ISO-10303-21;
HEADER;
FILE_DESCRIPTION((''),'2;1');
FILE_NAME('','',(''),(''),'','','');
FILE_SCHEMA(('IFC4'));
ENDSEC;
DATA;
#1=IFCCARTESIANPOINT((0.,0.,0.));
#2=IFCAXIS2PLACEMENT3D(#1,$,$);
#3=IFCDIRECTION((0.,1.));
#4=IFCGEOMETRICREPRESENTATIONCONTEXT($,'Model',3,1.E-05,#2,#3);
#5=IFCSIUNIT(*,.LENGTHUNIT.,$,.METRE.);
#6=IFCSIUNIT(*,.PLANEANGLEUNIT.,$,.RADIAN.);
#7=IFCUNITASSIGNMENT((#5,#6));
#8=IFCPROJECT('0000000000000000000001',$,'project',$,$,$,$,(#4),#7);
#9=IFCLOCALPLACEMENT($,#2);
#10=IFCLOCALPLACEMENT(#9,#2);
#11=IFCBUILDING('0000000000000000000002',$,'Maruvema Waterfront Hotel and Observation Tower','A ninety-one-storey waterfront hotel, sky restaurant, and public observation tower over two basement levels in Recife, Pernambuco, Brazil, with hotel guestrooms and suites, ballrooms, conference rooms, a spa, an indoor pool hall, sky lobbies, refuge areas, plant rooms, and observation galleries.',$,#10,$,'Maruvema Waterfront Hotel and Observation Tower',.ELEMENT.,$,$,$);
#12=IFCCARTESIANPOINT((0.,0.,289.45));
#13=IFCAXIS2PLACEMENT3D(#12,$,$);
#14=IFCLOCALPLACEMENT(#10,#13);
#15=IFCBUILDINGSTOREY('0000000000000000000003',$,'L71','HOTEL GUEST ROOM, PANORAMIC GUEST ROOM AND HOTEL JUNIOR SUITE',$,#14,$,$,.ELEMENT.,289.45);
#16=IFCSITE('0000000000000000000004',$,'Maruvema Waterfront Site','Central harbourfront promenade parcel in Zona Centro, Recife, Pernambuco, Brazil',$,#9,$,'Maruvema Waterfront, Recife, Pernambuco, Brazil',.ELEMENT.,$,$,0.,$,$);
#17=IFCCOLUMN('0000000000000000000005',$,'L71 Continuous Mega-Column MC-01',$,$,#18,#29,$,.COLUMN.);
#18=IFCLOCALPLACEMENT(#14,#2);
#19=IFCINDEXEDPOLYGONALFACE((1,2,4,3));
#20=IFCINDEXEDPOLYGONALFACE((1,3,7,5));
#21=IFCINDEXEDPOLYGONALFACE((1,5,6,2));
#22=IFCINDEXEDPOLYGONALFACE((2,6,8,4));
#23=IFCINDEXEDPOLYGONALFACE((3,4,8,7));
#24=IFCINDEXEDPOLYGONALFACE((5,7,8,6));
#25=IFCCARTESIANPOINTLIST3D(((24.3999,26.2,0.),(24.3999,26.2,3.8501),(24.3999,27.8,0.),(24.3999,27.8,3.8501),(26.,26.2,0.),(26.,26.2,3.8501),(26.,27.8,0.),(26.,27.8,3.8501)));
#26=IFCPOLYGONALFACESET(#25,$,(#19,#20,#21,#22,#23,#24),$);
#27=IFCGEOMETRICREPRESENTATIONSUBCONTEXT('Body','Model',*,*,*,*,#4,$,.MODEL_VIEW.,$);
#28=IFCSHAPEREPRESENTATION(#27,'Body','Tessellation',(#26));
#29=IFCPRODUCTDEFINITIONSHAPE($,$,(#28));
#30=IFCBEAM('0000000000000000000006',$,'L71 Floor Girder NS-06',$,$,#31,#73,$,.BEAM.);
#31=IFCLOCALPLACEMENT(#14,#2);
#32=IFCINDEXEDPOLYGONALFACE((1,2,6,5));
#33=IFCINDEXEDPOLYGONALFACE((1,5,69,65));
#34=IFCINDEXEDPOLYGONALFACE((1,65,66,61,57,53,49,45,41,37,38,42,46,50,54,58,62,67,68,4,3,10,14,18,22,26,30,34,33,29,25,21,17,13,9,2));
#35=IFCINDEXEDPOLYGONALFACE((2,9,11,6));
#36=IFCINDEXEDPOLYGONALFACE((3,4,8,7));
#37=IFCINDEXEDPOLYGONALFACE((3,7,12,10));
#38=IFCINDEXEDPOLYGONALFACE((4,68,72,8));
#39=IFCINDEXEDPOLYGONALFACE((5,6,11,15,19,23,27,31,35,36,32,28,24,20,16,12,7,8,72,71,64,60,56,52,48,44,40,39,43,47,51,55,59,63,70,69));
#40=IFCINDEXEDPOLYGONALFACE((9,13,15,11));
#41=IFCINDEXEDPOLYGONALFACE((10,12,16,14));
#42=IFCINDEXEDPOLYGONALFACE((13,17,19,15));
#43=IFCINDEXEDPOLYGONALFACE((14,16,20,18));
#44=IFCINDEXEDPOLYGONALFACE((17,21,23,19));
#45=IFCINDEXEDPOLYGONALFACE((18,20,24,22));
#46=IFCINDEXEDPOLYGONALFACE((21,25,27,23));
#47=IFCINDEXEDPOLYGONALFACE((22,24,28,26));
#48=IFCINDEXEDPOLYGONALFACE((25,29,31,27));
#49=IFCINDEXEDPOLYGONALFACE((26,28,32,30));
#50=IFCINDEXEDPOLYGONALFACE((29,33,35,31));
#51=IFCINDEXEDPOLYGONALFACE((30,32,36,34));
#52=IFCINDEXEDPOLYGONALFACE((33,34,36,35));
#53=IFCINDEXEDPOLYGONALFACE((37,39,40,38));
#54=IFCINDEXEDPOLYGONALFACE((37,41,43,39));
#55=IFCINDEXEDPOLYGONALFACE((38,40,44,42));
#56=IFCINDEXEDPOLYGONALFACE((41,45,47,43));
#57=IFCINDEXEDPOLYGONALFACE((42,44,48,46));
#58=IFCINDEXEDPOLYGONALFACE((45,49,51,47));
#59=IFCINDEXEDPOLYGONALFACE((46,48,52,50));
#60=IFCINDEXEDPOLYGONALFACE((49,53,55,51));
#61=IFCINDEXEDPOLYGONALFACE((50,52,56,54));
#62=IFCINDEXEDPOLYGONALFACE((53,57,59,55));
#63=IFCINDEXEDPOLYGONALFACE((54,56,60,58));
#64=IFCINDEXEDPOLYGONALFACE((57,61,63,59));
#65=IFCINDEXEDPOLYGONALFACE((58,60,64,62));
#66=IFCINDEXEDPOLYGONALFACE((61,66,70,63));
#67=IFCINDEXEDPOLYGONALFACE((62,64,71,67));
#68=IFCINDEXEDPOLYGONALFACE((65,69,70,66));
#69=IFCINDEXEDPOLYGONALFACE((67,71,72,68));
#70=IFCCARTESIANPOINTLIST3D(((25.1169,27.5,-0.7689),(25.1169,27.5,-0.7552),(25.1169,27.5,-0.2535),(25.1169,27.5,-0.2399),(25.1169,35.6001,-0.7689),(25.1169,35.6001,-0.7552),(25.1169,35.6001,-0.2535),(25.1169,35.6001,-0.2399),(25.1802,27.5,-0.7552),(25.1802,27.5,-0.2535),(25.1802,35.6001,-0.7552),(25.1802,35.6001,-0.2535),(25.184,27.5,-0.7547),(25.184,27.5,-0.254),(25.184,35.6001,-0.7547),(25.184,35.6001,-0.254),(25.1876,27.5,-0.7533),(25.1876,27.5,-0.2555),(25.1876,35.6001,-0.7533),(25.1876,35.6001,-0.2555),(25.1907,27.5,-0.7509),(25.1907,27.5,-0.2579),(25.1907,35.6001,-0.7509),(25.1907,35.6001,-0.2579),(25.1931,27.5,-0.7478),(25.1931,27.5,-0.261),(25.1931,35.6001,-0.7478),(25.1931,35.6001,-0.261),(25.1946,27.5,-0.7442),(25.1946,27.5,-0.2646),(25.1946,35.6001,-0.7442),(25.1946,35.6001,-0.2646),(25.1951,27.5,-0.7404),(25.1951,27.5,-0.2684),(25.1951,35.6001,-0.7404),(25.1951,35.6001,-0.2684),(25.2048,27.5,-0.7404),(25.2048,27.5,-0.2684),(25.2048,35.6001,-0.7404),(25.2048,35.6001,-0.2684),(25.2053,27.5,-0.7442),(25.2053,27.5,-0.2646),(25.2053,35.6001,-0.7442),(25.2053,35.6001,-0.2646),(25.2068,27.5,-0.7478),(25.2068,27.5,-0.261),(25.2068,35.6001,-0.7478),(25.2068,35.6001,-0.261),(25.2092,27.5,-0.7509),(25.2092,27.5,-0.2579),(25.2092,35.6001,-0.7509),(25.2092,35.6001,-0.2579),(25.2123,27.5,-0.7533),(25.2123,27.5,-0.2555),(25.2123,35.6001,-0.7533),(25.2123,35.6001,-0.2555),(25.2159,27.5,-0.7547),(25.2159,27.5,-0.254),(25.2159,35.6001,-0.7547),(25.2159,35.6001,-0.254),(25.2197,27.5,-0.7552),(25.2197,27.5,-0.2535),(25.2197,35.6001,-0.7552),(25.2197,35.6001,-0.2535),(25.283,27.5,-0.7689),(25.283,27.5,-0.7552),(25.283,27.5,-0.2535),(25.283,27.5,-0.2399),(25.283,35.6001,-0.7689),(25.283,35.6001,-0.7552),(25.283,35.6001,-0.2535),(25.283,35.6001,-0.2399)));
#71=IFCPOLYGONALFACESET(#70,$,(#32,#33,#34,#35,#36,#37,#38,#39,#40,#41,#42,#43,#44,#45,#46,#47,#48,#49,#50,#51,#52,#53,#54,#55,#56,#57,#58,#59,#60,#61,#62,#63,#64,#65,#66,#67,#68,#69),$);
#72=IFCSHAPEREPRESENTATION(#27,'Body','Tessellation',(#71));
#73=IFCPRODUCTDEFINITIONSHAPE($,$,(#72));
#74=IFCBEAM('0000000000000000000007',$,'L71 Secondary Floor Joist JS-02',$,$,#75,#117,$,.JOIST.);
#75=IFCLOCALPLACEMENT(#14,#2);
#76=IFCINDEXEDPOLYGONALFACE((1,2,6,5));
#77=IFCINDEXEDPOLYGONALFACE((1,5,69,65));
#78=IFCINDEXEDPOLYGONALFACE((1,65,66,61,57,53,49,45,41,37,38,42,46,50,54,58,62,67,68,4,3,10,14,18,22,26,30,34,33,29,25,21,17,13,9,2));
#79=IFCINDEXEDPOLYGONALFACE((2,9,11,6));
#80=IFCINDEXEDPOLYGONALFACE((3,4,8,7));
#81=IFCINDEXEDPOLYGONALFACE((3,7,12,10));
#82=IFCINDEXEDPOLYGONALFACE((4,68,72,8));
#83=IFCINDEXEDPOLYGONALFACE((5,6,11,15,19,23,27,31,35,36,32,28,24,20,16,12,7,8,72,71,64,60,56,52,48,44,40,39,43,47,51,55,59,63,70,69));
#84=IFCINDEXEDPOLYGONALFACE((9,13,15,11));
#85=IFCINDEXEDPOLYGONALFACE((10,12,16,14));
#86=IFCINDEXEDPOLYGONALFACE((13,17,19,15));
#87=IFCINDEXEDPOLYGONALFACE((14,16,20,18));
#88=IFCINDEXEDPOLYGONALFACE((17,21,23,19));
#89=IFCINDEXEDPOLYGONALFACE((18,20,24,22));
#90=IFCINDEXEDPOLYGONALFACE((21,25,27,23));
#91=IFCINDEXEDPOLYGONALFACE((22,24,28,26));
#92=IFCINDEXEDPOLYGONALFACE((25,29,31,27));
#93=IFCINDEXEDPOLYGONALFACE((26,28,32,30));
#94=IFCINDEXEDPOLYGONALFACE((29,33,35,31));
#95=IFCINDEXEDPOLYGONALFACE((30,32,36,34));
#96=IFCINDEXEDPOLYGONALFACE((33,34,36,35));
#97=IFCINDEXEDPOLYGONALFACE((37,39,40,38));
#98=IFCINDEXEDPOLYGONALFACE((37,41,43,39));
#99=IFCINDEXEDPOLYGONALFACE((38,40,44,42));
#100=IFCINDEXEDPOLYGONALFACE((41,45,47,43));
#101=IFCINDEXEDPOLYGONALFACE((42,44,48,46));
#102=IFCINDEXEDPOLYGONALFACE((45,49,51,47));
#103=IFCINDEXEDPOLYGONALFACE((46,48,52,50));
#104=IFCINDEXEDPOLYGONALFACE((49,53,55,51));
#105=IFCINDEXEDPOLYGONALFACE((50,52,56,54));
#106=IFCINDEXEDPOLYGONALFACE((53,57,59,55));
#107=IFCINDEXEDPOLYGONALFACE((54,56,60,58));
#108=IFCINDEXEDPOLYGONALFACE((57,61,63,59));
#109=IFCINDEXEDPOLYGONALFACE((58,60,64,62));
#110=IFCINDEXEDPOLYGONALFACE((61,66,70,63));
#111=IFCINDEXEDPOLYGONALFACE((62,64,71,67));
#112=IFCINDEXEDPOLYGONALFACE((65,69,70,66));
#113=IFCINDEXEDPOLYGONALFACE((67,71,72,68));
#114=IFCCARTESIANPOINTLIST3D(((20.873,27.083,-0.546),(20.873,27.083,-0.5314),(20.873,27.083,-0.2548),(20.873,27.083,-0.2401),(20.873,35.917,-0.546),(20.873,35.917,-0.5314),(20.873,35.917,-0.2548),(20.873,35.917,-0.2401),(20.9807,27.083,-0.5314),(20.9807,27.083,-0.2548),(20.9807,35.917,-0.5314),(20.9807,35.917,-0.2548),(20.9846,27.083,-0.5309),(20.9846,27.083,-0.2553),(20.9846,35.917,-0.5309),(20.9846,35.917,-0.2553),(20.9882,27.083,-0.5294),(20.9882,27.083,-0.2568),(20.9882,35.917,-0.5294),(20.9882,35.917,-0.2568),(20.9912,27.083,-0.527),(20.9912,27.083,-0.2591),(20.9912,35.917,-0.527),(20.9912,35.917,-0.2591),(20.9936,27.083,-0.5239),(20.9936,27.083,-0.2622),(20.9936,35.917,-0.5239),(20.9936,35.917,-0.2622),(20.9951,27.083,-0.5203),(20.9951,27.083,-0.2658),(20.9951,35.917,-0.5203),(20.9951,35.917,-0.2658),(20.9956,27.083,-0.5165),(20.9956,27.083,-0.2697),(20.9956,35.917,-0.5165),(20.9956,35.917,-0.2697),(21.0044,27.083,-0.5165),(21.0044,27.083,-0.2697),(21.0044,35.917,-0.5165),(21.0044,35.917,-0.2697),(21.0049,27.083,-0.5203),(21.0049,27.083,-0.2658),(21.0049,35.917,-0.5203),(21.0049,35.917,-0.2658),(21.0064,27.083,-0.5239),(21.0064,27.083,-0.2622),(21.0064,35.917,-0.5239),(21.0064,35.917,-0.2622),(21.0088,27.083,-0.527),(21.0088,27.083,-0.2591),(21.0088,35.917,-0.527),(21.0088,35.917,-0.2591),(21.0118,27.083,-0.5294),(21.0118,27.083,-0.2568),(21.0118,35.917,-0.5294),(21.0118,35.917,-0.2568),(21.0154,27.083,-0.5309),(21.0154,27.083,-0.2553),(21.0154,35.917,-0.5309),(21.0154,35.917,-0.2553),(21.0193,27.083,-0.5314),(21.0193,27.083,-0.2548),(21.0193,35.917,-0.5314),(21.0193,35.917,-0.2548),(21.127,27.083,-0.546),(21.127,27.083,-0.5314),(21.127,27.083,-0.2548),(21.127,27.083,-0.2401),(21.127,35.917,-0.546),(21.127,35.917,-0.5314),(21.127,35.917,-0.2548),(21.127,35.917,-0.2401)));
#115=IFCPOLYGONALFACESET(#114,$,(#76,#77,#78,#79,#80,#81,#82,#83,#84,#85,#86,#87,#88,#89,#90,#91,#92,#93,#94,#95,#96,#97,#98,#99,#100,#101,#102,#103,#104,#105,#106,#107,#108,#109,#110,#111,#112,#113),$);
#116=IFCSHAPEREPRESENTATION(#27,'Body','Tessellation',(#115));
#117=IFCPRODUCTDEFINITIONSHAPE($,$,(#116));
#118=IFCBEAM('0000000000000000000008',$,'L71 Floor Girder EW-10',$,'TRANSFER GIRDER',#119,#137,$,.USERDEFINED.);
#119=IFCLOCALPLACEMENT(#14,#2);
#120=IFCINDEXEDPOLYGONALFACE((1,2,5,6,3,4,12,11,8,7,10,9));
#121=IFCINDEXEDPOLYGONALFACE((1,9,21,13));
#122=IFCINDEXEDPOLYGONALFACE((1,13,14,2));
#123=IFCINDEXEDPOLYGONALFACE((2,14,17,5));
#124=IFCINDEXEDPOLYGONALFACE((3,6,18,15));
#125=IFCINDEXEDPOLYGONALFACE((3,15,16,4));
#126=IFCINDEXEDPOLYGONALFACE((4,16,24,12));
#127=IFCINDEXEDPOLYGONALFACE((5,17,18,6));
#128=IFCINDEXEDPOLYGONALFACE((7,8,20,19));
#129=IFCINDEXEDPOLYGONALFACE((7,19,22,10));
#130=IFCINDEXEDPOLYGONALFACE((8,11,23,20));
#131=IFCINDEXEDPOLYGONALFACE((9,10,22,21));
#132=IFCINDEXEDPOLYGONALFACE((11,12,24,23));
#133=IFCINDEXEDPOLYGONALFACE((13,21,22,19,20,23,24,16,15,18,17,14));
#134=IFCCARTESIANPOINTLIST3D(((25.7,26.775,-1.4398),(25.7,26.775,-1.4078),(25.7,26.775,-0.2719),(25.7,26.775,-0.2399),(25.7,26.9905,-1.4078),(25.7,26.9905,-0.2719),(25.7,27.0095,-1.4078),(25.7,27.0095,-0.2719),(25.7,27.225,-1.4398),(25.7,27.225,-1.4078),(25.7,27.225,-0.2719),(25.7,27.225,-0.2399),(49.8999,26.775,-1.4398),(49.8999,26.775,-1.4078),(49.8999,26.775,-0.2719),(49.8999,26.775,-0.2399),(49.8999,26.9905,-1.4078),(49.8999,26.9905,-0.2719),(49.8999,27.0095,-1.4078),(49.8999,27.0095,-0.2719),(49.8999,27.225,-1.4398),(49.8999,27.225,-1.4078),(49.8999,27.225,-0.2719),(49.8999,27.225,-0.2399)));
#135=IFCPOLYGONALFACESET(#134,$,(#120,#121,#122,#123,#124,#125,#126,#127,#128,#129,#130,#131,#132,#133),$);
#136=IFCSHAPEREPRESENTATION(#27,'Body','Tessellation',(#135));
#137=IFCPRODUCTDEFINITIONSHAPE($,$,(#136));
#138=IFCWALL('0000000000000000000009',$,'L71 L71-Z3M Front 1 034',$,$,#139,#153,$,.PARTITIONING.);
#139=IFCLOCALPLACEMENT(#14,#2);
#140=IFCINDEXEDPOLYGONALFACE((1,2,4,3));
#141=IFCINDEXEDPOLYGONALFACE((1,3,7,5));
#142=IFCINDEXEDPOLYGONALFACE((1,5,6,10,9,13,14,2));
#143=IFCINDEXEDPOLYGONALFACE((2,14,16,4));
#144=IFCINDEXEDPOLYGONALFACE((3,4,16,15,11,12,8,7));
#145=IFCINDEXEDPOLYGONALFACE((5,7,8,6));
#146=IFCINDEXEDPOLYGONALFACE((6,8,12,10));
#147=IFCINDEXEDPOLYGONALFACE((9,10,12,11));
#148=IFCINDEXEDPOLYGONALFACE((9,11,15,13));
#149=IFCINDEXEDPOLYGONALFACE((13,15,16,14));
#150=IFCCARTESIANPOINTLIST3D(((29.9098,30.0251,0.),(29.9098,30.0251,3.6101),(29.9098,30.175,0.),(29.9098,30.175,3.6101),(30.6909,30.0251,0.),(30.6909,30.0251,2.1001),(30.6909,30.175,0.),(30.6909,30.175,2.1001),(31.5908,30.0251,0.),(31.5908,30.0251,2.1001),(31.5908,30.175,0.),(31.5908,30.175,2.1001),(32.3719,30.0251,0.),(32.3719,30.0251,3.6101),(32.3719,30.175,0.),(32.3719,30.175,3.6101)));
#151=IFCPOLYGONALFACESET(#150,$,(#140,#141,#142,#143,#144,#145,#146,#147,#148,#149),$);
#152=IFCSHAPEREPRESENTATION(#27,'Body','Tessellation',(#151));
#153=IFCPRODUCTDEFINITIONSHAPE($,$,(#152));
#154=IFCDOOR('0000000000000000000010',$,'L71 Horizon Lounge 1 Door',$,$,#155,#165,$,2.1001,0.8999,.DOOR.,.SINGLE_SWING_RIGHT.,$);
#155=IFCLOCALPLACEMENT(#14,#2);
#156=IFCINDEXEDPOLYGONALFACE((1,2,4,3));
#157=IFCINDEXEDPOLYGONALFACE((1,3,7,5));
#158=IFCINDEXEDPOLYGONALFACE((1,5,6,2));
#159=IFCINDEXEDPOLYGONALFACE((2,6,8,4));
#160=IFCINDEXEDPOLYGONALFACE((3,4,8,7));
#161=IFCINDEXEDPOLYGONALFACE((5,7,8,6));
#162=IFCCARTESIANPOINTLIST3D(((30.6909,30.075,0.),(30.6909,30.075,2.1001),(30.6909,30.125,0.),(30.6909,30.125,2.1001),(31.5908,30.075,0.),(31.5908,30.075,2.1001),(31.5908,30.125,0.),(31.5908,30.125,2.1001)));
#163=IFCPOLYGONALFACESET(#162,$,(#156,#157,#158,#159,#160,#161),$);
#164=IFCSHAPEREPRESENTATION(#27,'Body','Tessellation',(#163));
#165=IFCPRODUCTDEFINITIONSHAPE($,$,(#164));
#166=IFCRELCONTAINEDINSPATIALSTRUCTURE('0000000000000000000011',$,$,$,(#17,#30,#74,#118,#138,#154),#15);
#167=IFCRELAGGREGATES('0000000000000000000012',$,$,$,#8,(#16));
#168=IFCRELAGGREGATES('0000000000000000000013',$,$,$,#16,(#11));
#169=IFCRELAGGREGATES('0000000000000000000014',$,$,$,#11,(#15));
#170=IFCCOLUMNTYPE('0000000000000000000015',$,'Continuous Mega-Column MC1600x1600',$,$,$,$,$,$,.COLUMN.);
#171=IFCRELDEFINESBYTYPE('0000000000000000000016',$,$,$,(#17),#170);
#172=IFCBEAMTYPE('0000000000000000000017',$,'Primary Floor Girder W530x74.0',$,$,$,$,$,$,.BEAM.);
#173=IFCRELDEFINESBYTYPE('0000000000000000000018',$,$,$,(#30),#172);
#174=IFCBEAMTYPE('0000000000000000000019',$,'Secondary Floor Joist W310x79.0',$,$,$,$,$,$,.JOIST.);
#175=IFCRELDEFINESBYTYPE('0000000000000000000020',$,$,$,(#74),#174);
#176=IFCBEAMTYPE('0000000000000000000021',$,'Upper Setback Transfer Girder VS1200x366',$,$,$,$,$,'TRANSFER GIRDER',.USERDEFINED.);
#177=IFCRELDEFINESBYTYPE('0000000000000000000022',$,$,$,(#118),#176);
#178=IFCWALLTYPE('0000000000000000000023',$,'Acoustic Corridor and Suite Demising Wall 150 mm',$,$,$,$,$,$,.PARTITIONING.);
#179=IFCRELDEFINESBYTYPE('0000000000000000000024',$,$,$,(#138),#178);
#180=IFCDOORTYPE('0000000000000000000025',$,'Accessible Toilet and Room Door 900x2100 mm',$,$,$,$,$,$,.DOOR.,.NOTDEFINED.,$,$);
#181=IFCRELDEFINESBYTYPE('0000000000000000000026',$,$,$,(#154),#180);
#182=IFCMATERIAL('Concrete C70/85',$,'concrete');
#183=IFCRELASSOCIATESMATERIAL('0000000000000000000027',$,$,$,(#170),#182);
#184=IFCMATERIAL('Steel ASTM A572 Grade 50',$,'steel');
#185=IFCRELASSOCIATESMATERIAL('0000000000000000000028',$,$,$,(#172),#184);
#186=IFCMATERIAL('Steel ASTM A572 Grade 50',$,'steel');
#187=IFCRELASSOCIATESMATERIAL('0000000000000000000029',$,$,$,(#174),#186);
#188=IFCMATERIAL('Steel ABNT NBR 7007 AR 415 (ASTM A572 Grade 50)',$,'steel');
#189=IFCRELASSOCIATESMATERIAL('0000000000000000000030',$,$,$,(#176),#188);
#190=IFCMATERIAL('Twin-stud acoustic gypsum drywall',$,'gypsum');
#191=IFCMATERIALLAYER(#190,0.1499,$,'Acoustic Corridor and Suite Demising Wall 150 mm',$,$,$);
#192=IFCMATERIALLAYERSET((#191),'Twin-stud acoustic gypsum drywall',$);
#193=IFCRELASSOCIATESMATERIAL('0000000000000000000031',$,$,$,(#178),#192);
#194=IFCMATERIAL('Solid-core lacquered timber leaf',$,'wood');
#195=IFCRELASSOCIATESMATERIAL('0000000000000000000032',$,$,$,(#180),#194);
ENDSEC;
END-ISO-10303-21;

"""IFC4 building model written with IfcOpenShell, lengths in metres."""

from ifc_helpers import new_model, si_unit, direction, frame, frame_2d, origin, origin_2d, place, context, subcontext, project, spatial, rectangle, i_section, extrude, material, layer, layer_set, material_profile, profile_set, type_object, element, fill, save


model = new_model("IFC4")

# Units and contexts
model_context = context("Model", 3, precision=1e-05, world=origin(), true_north=direction((0.0, 1.0)))
body_context = subcontext(model_context, "Body", "Model", "MODEL_VIEW")
ifc_project = project(units=[si_unit("LENGTHUNIT", "METRE"), si_unit("PLANEANGLEUNIT", "RADIAN")], contexts=[model_context])

# Site, building, storey
site_placement = place(None, origin())
site = spatial("IfcSite", under=ifc_project, at=site_placement, Name="Maruvema Waterfront Site", Description="Central harbourfront promenade parcel in Zona Centro, Recife, Pernambuco, Brazil", LongName="Maruvema Waterfront, Recife, Pernambuco, Brazil", CompositionType="ELEMENT", RefElevation=0.0)
building_placement = place(site_placement, origin())
building = spatial("IfcBuilding", under=site, at=building_placement, Name="Maruvema Waterfront Hotel and Observation Tower", Description="A ninety-one-storey waterfront hotel, sky restaurant, and public observation tower over two basement levels in Recife, Pernambuco, Brazil, with hotel guestrooms and suites, ballrooms, conference rooms, a spa, an indoor pool hall, sky lobbies, refuge areas, plant rooms, and observation galleries.", LongName="Maruvema Waterfront Hotel and Observation Tower", CompositionType="ELEMENT")
storey_placement = place(building_placement, frame((0.0, 0.0, 289.45)))
storey = spatial("IfcBuildingStorey", under=building, at=storey_placement, Name="L71", Description="HOTEL GUEST ROOM, PANORAMIC GUEST ROOM AND HOTEL JUNIOR SUITE", CompositionType="ELEMENT", Elevation=289.45)

# Column
ifc_material_1 = material(Name="Concrete C70/85", Category="concrete")
ifc_material_profile_1 = material_profile(ifc_material_1, rectangle(XDim=1.6001, YDim=1.6001, at=origin_2d()), Name="MC1600x1600")
ifc_profile_set_1 = profile_set([ifc_material_profile_1], Name="Concrete C70/85")
column_type = type_object("IfcColumnType", Name="Continuous Mega-Column MC1600x1600", PredefinedType="COLUMN", material=ifc_profile_set_1)
column_placement = place(storey_placement, frame((25.2, 27.0, 0.0), z_axis=(0.0, 0.0, 1.0), x_axis=(1.0, 0.0, 0.0)))
element("IfcColumn", 1, at=column_placement, inside=storey, type_object=column_type, Name="L71 Continuous Mega-Column MC-01", PredefinedType="COLUMN", context=body_context, shape_type="SweptSolid", body=[
    extrude(rectangle(XDim=1.6001, YDim=1.6001, at=origin_2d()), origin(), (0.0, 0.0, 1.0), 3.8501),
])

# Beams
ifc_material_2 = material(Name="Steel ASTM A572 Grade 50", Category="steel")
ifc_material_profile_2 = material_profile(ifc_material_2, i_section(OverallWidth=0.166, OverallDepth=0.5291, WebThickness=0.0098, FlangeThickness=0.0137, FilletRadius=0.0149, at=origin_2d()), Name="W530x74.0")
ifc_profile_set_2 = profile_set([ifc_material_profile_2], Name="Steel ASTM A572 Grade 50")
beam_type_1 = type_object("IfcBeamType", Name="Primary Floor Girder W530x74.0", PredefinedType="BEAM", material=ifc_profile_set_2)
beam_1_placement = place(storey_placement, frame((25.2, 27.5, -0.5044), z_axis=(0.0, 1.0, 0.0), x_axis=(-1.0, 0.0, 0.0)))
element("IfcBeam", 2, at=beam_1_placement, inside=storey, type_object=beam_type_1, Name="L71 Floor Girder NS-06", PredefinedType="BEAM", context=body_context, shape_type="SweptSolid", body=[
    extrude(i_section(OverallWidth=0.166, OverallDepth=0.5291, WebThickness=0.0098, FlangeThickness=0.0137, FilletRadius=0.0149, at=origin_2d()), origin(), (0.0, 0.0, 1.0), 8.1001),
])
ifc_material_3 = material(Name="Steel ASTM A572 Grade 50", Category="steel")
ifc_material_profile_3 = material_profile(ifc_material_3, i_section(OverallWidth=0.2539, OverallDepth=0.3059, WebThickness=0.0088, FlangeThickness=0.0146, FilletRadius=0.0149, at=origin_2d()), Name="W310x79.0")
ifc_profile_set_3 = profile_set([ifc_material_profile_3], Name="Steel ASTM A572 Grade 50")
beam_type_2 = type_object("IfcBeamType", Name="Secondary Floor Joist W310x79.0", PredefinedType="JOIST", material=ifc_profile_set_3)
beam_2_placement = place(storey_placement, frame((21.0, 27.083, -0.3931), z_axis=(0.0, 1.0, 0.0), x_axis=(-1.0, 0.0, 0.0)))
element("IfcBeam", 3, at=beam_2_placement, inside=storey, type_object=beam_type_2, Name="L71 Secondary Floor Joist JS-02", PredefinedType="JOIST", context=body_context, shape_type="SweptSolid", body=[
    extrude(i_section(OverallWidth=0.2539, OverallDepth=0.3059, WebThickness=0.0088, FlangeThickness=0.0146, FilletRadius=0.0149, at=origin_2d()), origin(), (0.0, 0.0, 1.0), 8.834),
])
ifc_material_4 = material(Name="Steel ABNT NBR 7007 AR 415 (ASTM A572 Grade 50)", Category="steel")
ifc_material_profile_4 = material_profile(ifc_material_4, i_section(OverallWidth=0.45, OverallDepth=1.2, WebThickness=0.019, FlangeThickness=0.032, at=origin_2d()), Name="VS1200x366")
ifc_profile_set_4 = profile_set([ifc_material_profile_4], Name="Steel ABNT NBR 7007 AR 415 (ASTM A572 Grade 50)")
beam_type_3 = type_object("IfcBeamType", Name="Upper Setback Transfer Girder VS1200x366", ElementType="TRANSFER GIRDER", PredefinedType="USERDEFINED", material=ifc_profile_set_4)
beam_3_placement = place(storey_placement, frame((25.7, 27.0, -0.8398), z_axis=(1.0, 0.0, 0.0), x_axis=(0.0, 1.0, 0.0)))
element("IfcBeam", 4, at=beam_3_placement, inside=storey, type_object=beam_type_3, Name="L71 Floor Girder EW-10", ObjectType="TRANSFER GIRDER", PredefinedType="USERDEFINED", context=body_context, shape_type="SweptSolid", body=[
    extrude(i_section(OverallWidth=0.45, OverallDepth=1.2, WebThickness=0.019, FlangeThickness=0.032, at=origin_2d()), origin(), (0.0, 0.0, 1.0), 24.2),
])

# Wall, opening, door
ifc_material_5 = material(Name="Twin-stud acoustic gypsum drywall", Category="gypsum")
ifc_layer_1 = layer(ifc_material_5, 0.1499, Name="Acoustic Corridor and Suite Demising Wall 150 mm")
ifc_layer_set_1 = layer_set([ifc_layer_1], Name="Twin-stud acoustic gypsum drywall")
wall_type_1 = type_object("IfcWallType", Name="Acoustic Corridor and Suite Demising Wall 150 mm", PredefinedType="PARTITIONING", material=ifc_layer_set_1)
wall_1_placement = place(storey_placement, frame((29.9099, 30.1001, 0.0), z_axis=(0.0, 0.0, 1.0), x_axis=(1.0, 0.0, 0.0)))
wall_1 = element("IfcWall", 5, at=wall_1_placement, inside=storey, type_object=wall_type_1, Name="L71 L71-Z3M Front 1 034", PredefinedType="PARTITIONING", context=body_context, shape_type="SweptSolid", body=[
    extrude(rectangle(XDim=2.4622, YDim=0.1499, at=frame_2d((1.231, 0.0))), origin(), (0.0, 0.0, 1.0), 3.6101),
])
opening_1_placement = place(wall_1_placement, frame((0.781, 0.0, 0.0)))
opening_1 = element("IfcOpeningElement", 6, at=opening_1_placement, cuts=wall_1, PredefinedType="OPENING", context=body_context, shape_type="SweptSolid", body=[
    extrude(rectangle(XDim=0.8999, YDim=2.1001, at=frame_2d((0.45, 1.05))), frame((0.0, 0.085, 0.0), z_axis=(0.0, -1.0, 0.0), x_axis=(1.0, 0.0, 0.0)), (0.0, 0.0, 1.0), 0.1699),
])
ifc_material_6 = material(Name="Solid-core lacquered timber leaf", Category="wood")
door_type_1 = type_object("IfcDoorType", Name="Accessible Toilet and Room Door 900x2100 mm", OperationType="NOTDEFINED", PredefinedType="DOOR", material=ifc_material_6)
door_1_placement = place(opening_1_placement, origin())
door_1 = element("IfcDoor", 7, at=door_1_placement, inside=storey, type_object=door_type_1, Name="L71 Horizon Lounge 1 Door", OperationType="SINGLE_SWING_RIGHT", OverallHeight=2.1001, OverallWidth=0.8999, PredefinedType="DOOR", context=body_context, shape_type="SweptSolid", body=[
    extrude(rectangle(XDim=0.8999, YDim=2.1001, at=frame_2d((0.45, 1.05))), frame((0.0, 0.0249, 0.0), z_axis=(0.0, -1.0, 0.0), x_axis=(1.0, 0.0, 0.0)), (0.0, 0.0, 1.0), 0.05),
])
fill(opening_1, door_1)

save(model, "model.ifc")
